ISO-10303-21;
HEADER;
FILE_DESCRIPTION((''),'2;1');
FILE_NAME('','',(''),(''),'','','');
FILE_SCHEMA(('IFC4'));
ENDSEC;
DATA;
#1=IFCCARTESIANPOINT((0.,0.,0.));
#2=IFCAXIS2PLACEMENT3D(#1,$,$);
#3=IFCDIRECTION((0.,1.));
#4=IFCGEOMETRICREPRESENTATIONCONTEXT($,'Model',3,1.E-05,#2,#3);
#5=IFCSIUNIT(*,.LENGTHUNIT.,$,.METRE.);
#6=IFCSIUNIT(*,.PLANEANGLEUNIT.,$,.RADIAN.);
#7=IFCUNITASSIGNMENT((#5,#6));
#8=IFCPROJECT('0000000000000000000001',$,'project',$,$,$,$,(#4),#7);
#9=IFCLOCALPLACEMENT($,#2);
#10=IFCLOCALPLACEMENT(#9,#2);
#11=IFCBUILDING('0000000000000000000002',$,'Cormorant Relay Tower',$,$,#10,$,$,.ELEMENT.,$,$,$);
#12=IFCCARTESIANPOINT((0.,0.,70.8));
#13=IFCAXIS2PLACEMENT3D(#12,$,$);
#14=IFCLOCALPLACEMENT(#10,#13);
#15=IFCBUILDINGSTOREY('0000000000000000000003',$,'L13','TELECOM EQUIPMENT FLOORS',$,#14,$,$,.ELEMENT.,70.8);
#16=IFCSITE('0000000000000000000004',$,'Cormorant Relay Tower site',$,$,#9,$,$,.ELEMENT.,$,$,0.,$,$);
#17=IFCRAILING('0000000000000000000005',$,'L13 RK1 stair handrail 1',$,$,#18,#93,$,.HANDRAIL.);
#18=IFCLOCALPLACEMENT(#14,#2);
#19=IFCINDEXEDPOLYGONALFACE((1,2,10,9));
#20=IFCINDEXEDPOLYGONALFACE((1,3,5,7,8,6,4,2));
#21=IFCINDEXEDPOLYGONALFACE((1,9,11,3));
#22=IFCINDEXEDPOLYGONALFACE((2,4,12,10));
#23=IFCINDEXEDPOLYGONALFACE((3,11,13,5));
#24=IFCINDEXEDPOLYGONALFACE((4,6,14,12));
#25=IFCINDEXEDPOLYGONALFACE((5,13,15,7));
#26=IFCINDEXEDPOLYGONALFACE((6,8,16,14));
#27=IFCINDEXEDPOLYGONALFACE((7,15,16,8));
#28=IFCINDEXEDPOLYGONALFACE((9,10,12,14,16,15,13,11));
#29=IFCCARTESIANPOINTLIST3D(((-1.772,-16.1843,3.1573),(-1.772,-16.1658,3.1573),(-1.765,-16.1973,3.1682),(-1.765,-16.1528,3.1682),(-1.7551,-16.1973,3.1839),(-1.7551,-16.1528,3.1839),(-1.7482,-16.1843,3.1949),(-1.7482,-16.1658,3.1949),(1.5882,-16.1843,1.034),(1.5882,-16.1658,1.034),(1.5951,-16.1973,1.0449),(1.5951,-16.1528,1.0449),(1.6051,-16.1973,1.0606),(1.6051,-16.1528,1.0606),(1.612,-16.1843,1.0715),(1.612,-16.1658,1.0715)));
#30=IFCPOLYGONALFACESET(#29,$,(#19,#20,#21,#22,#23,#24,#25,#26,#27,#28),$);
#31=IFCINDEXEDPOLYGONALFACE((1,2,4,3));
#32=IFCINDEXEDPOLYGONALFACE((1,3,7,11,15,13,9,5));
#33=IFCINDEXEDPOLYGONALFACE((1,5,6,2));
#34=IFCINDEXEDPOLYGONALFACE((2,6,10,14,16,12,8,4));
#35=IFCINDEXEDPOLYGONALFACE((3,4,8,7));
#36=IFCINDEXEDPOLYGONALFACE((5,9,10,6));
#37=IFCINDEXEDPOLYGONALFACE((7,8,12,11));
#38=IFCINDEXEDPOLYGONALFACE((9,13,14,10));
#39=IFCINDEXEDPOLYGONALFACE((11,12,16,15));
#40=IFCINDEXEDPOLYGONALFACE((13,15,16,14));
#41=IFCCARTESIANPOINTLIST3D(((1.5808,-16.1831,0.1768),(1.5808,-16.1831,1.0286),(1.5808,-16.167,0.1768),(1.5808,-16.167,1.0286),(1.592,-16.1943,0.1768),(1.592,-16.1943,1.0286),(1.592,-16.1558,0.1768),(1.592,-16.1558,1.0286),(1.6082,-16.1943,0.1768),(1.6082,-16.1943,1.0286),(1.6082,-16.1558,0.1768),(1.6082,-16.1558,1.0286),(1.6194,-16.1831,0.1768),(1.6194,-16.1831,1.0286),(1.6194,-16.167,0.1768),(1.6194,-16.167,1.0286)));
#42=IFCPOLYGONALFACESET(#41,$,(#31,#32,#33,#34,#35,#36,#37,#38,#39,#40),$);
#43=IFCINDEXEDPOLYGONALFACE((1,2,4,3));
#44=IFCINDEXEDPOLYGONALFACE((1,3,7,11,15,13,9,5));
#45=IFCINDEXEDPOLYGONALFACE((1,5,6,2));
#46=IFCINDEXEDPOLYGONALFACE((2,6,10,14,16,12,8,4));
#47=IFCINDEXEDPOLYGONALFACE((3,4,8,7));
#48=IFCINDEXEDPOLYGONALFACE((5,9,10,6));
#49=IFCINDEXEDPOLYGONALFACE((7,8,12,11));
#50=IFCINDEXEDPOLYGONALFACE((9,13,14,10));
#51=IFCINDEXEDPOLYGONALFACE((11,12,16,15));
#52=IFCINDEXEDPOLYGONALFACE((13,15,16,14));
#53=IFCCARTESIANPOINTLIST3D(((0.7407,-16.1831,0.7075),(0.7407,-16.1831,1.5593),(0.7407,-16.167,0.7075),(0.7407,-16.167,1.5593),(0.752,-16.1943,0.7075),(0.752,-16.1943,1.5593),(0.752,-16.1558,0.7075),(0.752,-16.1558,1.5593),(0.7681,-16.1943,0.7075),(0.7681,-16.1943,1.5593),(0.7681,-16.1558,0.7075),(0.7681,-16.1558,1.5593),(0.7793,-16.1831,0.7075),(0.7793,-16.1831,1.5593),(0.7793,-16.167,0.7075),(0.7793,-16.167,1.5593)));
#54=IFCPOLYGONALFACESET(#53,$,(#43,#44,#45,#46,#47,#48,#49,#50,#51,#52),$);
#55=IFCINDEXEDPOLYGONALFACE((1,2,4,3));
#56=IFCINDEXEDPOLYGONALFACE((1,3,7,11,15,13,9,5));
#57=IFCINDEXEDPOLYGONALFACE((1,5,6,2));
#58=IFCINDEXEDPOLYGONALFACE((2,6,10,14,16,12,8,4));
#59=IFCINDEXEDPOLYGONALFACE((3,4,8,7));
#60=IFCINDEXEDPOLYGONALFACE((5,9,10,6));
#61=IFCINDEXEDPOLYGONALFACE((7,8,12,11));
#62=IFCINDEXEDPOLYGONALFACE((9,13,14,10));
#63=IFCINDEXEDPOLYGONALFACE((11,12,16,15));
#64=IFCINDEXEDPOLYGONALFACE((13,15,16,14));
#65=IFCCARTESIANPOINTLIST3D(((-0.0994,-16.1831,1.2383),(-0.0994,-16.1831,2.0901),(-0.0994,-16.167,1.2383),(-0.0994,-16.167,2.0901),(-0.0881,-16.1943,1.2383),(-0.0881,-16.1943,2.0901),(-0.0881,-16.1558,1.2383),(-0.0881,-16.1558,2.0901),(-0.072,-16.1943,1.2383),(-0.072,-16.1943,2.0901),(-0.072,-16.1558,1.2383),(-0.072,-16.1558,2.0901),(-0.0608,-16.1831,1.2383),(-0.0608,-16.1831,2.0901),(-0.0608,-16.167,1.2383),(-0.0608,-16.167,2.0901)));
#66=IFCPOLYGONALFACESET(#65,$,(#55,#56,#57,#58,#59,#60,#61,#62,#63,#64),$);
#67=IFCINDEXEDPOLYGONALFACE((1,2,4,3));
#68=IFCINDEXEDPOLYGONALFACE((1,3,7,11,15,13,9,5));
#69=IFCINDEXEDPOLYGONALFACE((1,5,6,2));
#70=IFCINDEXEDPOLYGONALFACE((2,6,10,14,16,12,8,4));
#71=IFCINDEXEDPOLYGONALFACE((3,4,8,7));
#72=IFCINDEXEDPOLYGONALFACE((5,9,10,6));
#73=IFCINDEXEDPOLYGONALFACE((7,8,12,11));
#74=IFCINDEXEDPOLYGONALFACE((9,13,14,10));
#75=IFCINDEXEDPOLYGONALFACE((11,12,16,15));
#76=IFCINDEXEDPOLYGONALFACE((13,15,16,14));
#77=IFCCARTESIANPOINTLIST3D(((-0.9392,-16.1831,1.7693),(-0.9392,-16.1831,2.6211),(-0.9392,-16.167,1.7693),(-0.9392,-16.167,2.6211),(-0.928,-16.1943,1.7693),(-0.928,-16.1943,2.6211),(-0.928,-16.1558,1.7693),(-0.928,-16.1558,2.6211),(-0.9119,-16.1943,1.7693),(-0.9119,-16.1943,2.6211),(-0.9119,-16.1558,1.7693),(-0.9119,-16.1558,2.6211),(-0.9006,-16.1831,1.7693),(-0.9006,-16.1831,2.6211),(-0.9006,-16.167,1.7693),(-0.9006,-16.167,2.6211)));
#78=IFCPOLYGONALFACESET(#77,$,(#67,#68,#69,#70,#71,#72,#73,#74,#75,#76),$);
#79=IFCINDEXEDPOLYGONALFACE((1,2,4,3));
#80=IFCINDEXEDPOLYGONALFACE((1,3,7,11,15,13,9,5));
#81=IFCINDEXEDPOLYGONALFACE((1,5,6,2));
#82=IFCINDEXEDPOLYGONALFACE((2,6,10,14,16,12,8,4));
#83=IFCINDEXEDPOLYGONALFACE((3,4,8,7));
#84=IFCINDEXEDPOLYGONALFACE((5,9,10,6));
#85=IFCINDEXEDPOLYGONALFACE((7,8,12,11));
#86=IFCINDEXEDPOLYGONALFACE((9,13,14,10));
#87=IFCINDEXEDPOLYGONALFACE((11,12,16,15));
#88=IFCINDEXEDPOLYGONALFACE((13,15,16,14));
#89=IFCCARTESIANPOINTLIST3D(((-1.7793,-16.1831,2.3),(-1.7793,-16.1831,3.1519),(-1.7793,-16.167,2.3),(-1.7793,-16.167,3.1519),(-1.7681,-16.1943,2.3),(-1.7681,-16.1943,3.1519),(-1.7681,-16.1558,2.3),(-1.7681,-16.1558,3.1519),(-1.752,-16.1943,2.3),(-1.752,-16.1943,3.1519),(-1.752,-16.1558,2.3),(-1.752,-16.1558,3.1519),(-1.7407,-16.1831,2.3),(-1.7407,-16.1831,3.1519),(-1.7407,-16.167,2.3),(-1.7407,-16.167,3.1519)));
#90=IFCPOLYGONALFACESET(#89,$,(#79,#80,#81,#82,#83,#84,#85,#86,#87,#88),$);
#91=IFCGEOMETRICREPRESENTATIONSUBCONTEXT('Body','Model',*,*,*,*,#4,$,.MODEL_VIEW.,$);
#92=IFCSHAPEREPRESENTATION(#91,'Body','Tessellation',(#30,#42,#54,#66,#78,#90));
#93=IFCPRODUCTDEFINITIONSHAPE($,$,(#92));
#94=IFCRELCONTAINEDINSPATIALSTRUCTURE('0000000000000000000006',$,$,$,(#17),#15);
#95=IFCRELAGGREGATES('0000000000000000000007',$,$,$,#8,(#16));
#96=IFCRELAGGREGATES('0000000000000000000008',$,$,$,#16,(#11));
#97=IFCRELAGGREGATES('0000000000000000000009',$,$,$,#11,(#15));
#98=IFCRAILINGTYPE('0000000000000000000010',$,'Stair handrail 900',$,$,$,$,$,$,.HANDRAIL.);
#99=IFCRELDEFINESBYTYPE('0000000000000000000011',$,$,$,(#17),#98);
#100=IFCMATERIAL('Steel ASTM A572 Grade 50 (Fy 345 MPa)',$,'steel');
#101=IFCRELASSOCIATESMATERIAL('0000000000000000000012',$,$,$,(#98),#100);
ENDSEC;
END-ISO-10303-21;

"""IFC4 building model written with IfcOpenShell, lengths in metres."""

from ifc_helpers import new_model, si_unit, direction, frame, origin, place, context, subcontext, project, spatial, polyline, outline, extrude, material, type_object, element, save


model = new_model("IFC4")

# Units and contexts
model_context = context("Model", 3, precision=1e-05, world=origin(), true_north=direction((0.0, 1.0)))
body_context = subcontext(model_context, "Body", "Model", "MODEL_VIEW")
ifc_project = project(units=[si_unit("LENGTHUNIT", "METRE"), si_unit("PLANEANGLEUNIT", "RADIAN")], contexts=[model_context])

# Site, building, storey
site_placement = place(None, origin())
site = spatial("IfcSite", under=ifc_project, at=site_placement, Name="Cormorant Relay Tower site", CompositionType="ELEMENT", RefElevation=0.0)
building_placement = place(site_placement, origin())
building = spatial("IfcBuilding", under=site, at=building_placement, Name="Cormorant Relay Tower", CompositionType="ELEMENT")
storey_placement = place(building_placement, frame((0.0, 0.0, 70.8)))
storey = spatial("IfcBuildingStorey", under=building, at=storey_placement, Name="L13", Description="TELECOM EQUIPMENT FLOORS", CompositionType="ELEMENT", Elevation=70.8)

# Railing
ifc_material_1 = material(Name="Steel ASTM A572 Grade 50 (Fy 345 MPa)", Category="steel")
railing_type_1 = type_object("IfcRailingType", Name="Stair handrail 900", PredefinedType="HANDRAIL", material=ifc_material_1)
railing_1_placement = place(storey_placement, frame((1.6001, -16.175, 0.1768)))
element("IfcRailing", 1, at=railing_1_placement, inside=storey, type_object=railing_type_1, Name="L13 RK1 stair handrail 1", PredefinedType="HANDRAIL", context=body_context, shape_type="SweptSolid", body=[
    extrude(outline(polyline([(0.0222, 0.0093), (0.0093, 0.0222), (-0.0093, 0.0222), (-0.0222, 0.0093), (-0.0222, -0.0093), (-0.0093, -0.0222), (0.0093, -0.0222), (0.0222, -0.0093), (0.0222, 0.0093)])), frame((0.0, 0.0, 0.876), z_axis=(-0.845362, 0.0, 0.534194), x_axis=(0.0, -1.0, 0.0)), (0.0, 0.0, 1.0), 3.9749),
    extrude(outline(polyline([(0.0193, 0.0081), (0.0081, 0.0193), (-0.0081, 0.0193), (-0.0193, 0.0081), (-0.0193, -0.0081), (-0.0081, -0.0193), (0.0081, -0.0193), (0.0193, -0.0081), (0.0193, 0.0081)])), origin(), (0.0, 0.0, 1.0), 0.8518),
    extrude(outline(polyline([(0.0193, 0.0081), (0.0081, 0.0193), (-0.0081, 0.0193), (-0.0193, 0.0081), (-0.0193, -0.0081), (-0.0081, -0.0193), (0.0081, -0.0193), (0.0193, -0.0081), (0.0193, 0.0081)])), frame((-0.8401, 0.0, 0.5308)), (0.0, 0.0, 1.0), 0.8518),
    extrude(outline(polyline([(0.0193, 0.0081), (0.0081, 0.0193), (-0.0081, 0.0193), (-0.0193, 0.0081), (-0.0193, -0.0081), (-0.0081, -0.0193), (0.0081, -0.0193), (0.0193, -0.0081), (0.0193, 0.0081)])), frame((-1.6802, 0.0, 1.0615)), (0.0, 0.0, 1.0), 0.8518),
    extrude(outline(polyline([(0.0193, 0.0081), (0.0081, 0.0193), (-0.0081, 0.0193), (-0.0193, 0.0081), (-0.0193, -0.0081), (-0.0081, -0.0193), (0.0081, -0.0193), (0.0193, -0.0081), (0.0193, 0.0081)])), frame((-2.52, 0.0, 1.5925)), (0.0, 0.0, 1.0), 0.8518),
    extrude(outline(polyline([(0.0193, 0.0081), (0.0081, 0.0193), (-0.0081, 0.0193), (-0.0193, 0.0081), (-0.0193, -0.0081), (-0.0081, -0.0193), (0.0081, -0.0193), (0.0193, -0.0081), (0.0193, 0.0081)])), frame((-3.3601, 0.0, 2.1233)), (0.0, 0.0, 1.0), 0.8518),
])

save(model, "model.ifc")
